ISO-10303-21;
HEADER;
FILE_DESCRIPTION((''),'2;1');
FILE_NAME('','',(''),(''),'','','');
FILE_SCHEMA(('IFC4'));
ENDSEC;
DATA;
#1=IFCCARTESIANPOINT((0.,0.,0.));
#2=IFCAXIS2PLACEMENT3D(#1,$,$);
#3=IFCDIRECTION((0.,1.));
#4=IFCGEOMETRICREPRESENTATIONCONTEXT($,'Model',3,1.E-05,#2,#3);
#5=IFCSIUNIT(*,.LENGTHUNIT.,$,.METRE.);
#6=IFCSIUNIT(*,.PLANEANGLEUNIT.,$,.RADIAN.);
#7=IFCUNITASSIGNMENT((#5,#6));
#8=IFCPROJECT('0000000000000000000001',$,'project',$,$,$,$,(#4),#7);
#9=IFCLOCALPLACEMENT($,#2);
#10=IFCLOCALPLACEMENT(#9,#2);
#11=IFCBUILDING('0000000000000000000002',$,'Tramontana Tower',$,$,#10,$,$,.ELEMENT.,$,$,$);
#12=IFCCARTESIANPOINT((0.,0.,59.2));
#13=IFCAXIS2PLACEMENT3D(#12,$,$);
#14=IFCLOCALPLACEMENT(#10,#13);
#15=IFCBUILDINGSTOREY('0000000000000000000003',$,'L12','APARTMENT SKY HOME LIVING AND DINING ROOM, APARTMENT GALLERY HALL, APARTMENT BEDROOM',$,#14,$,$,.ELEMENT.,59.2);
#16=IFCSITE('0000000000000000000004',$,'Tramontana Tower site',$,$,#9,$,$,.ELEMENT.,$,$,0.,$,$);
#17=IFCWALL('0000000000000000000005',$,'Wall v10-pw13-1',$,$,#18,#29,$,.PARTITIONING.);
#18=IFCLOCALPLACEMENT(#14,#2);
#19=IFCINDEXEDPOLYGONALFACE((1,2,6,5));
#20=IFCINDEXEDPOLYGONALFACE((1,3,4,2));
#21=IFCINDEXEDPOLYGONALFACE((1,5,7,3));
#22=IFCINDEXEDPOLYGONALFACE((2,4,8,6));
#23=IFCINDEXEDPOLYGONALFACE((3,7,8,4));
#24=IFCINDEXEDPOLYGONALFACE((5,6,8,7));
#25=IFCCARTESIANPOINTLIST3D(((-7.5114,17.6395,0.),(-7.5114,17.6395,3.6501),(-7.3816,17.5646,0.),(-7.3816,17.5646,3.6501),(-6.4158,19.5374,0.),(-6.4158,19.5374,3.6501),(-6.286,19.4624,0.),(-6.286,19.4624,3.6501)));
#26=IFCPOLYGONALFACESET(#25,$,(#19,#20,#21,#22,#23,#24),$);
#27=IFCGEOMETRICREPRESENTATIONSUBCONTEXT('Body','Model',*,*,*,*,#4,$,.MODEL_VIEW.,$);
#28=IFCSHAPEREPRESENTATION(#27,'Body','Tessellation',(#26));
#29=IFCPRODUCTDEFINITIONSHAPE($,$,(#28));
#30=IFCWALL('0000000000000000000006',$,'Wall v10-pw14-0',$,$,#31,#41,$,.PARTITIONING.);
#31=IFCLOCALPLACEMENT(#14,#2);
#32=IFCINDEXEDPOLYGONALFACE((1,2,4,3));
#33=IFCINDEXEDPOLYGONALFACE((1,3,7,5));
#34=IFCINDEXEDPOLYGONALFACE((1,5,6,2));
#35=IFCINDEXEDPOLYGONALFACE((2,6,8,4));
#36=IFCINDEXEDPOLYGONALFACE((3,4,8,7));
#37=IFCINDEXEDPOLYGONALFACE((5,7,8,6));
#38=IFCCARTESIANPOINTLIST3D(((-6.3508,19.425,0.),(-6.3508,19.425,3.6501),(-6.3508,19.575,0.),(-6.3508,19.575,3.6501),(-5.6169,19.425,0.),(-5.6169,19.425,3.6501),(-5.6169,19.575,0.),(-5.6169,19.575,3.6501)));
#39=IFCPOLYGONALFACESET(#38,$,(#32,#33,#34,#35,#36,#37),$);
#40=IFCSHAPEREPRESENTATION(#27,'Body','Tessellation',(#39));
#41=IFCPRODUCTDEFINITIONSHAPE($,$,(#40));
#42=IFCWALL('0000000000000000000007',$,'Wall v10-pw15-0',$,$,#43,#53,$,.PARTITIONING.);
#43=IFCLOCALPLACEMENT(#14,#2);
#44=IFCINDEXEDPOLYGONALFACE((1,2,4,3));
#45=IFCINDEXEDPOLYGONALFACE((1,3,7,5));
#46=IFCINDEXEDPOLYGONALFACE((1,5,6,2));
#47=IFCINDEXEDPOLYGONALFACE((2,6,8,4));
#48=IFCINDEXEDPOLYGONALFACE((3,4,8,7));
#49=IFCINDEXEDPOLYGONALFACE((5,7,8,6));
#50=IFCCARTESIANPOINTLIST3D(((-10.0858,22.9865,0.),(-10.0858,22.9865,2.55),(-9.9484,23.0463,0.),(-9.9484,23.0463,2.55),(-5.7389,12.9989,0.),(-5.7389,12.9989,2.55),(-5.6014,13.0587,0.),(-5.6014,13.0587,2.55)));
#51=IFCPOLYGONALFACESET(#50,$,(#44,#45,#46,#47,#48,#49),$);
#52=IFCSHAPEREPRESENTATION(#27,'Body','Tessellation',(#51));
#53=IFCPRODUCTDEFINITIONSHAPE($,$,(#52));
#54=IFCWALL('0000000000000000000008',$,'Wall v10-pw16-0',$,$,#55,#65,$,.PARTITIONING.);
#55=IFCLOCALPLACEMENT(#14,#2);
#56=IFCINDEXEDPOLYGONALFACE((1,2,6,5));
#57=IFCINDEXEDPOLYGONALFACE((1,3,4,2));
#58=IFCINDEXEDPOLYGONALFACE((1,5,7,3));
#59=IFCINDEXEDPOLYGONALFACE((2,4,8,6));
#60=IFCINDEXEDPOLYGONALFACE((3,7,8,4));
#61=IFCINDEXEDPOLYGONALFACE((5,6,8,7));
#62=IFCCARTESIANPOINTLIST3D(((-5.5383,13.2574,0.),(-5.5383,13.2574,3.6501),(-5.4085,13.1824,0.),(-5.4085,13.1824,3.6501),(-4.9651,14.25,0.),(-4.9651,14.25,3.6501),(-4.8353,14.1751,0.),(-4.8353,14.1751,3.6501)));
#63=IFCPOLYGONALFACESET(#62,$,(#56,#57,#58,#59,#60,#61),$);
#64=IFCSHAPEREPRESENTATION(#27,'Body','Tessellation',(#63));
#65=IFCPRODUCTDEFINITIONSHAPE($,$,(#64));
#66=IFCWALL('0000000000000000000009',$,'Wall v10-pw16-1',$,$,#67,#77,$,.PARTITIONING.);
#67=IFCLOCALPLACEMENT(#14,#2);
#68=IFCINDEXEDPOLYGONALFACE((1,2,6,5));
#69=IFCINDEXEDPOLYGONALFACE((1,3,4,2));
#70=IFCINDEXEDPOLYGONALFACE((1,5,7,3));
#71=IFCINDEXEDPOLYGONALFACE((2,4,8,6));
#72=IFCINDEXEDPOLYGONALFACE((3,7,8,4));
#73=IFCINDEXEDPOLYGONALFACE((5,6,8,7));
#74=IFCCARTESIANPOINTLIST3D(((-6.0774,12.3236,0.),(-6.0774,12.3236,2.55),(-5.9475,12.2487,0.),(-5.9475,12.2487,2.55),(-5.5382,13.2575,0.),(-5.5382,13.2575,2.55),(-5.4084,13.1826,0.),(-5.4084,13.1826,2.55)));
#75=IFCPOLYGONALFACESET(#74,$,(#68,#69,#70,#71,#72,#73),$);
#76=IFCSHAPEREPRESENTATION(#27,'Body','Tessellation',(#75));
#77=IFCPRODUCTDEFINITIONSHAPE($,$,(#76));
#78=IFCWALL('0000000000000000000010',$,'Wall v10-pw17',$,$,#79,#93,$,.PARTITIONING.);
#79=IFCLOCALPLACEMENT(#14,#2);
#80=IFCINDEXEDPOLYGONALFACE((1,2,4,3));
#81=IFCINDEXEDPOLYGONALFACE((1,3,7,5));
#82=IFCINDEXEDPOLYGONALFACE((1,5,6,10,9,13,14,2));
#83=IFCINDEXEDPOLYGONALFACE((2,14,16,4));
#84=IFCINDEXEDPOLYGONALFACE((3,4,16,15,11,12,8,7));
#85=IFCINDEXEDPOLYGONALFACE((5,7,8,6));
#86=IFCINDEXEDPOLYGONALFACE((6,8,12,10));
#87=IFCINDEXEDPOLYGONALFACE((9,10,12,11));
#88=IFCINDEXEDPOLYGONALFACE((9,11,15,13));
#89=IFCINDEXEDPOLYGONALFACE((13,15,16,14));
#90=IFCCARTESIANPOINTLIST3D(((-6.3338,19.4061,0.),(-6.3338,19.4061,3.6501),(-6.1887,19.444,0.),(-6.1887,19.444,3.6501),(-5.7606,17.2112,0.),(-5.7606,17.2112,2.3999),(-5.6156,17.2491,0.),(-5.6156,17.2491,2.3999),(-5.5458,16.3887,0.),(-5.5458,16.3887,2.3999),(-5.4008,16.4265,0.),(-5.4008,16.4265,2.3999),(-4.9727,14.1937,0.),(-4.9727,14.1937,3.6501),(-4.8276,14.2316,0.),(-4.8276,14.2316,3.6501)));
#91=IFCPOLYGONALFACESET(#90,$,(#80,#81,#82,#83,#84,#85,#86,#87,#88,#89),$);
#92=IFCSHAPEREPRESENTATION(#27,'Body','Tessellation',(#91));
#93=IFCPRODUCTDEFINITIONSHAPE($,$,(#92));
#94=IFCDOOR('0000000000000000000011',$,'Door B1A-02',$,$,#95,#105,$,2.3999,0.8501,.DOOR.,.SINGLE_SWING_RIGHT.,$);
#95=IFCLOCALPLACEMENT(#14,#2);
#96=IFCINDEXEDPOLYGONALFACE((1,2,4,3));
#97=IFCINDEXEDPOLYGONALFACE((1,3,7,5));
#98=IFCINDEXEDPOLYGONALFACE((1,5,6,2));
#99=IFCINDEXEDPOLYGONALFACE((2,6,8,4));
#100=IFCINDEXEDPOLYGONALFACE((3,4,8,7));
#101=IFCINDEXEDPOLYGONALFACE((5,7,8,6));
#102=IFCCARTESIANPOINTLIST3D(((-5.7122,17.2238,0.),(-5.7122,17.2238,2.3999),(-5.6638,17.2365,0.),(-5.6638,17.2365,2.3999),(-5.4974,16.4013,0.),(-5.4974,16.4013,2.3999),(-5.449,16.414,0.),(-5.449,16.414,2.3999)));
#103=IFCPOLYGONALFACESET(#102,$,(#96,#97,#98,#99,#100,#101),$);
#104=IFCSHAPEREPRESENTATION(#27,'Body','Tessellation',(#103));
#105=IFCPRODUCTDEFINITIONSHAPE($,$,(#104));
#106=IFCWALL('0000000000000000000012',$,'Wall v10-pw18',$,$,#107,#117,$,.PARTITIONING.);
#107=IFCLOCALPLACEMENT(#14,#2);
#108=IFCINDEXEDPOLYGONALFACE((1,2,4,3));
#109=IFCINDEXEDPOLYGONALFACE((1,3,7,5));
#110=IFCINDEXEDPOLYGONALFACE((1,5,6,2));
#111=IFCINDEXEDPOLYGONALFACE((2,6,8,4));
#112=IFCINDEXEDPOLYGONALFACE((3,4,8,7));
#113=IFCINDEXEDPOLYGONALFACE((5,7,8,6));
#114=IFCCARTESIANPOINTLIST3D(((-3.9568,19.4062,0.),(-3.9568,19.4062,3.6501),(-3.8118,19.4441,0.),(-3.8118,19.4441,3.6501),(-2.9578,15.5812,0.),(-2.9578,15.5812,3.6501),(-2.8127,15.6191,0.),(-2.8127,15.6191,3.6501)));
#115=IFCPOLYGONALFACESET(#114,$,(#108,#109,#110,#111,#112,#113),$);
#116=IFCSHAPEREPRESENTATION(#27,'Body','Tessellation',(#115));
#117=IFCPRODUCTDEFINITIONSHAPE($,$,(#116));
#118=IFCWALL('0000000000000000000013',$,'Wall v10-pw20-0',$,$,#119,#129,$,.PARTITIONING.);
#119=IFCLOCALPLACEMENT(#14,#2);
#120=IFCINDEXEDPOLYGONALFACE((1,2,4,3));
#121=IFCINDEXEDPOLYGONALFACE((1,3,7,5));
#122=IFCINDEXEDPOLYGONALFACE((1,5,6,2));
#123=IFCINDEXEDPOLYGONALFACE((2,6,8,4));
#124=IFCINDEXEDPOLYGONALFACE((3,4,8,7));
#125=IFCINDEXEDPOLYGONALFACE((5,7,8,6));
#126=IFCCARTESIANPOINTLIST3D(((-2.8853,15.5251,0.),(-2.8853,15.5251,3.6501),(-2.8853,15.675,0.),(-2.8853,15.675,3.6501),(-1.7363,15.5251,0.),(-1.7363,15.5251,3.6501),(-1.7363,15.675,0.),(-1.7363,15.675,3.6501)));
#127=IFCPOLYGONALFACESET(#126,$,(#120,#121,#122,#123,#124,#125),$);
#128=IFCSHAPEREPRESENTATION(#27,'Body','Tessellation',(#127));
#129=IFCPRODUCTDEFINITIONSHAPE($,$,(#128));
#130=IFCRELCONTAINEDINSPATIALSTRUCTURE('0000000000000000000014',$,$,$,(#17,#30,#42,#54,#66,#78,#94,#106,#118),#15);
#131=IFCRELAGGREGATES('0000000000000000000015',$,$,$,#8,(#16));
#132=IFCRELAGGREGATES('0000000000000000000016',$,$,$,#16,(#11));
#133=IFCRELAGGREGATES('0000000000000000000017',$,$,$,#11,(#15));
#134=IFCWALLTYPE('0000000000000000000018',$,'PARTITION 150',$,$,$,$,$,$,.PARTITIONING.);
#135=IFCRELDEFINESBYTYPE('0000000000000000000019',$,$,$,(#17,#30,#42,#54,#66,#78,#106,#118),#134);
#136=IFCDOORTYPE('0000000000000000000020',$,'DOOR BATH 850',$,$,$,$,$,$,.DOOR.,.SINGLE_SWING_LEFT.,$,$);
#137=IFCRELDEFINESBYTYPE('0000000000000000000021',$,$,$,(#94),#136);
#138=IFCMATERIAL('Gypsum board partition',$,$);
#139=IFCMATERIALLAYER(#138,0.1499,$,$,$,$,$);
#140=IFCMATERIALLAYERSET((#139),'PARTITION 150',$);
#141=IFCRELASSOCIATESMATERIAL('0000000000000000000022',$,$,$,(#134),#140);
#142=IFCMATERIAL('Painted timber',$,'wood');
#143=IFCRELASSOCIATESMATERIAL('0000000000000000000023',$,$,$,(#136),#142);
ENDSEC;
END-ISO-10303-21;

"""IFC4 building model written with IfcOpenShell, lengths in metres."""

from ifc_helpers import new_model, si_unit, direction, frame, frame_2d, origin, place, context, subcontext, project, spatial, rectangle, extrude, material, layer, layer_set, type_object, element, fill, save


model = new_model("IFC4")

# Units and contexts
model_context = context("Model", 3, precision=1e-05, world=origin(), true_north=direction((0.0, 1.0)))
body_context = subcontext(model_context, "Body", "Model", "MODEL_VIEW")
ifc_project = project(units=[si_unit("LENGTHUNIT", "METRE"), si_unit("PLANEANGLEUNIT", "RADIAN")], contexts=[model_context])

# Site, building, storey
site_placement = place(None, origin())
site = spatial("IfcSite", under=ifc_project, at=site_placement, Name="Tramontana Tower site", CompositionType="ELEMENT", RefElevation=0.0)
building_placement = place(site_placement, origin())
building = spatial("IfcBuilding", under=site, at=building_placement, Name="Tramontana Tower", CompositionType="ELEMENT")
storey_placement = place(building_placement, frame((0.0, 0.0, 59.2)))
storey = spatial("IfcBuildingStorey", under=building, at=storey_placement, Name="L12", Description="APARTMENT SKY HOME LIVING AND DINING ROOM, APARTMENT GALLERY HALL, APARTMENT BEDROOM", CompositionType="ELEMENT", Elevation=59.2)

# Walls
ifc_material_1 = material(Name="Gypsum board partition")
ifc_layer_1 = layer(ifc_material_1, 0.1499)
ifc_layer_set_1 = layer_set([ifc_layer_1], Name="PARTITION 150")
wall_type_1 = type_object("IfcWallType", Name="PARTITION 150", PredefinedType="PARTITIONING", material=ifc_layer_set_1)
wall_1_placement = place(storey_placement, frame((-7.4465, 17.6021, 0.0), z_axis=(0.0, 0.0, 1.0), x_axis=(0.499973, 0.866041, 0.0)))
element("IfcWall", 1, at=wall_1_placement, inside=storey, type_object=wall_type_1, Name="Wall v10-pw13-1", PredefinedType="PARTITIONING", context=body_context, shape_type="SweptSolid", body=[
    extrude(rectangle(XDim=2.1914, YDim=0.1499, at=frame_2d((1.0957, 0.0))), origin(), (0.0, 0.0, 1.0), 3.6501),
])
wall_2_placement = place(storey_placement, frame((-6.3508, 19.5, 0.0), z_axis=(0.0, 0.0, 1.0), x_axis=(1.0, 0.0, 0.0)))
element("IfcWall", 2, at=wall_2_placement, inside=storey, type_object=wall_type_1, Name="Wall v10-pw14-0", PredefinedType="PARTITIONING", context=body_context, shape_type="SweptSolid", body=[
    extrude(rectangle(XDim=0.7339, YDim=0.1499, at=frame_2d((0.3669, 0.0))), origin(), (0.0, 0.0, 1.0), 3.6501),
])
wall_3_placement = place(storey_placement, frame((-5.6702, 13.0288, 0.0), z_axis=(0.0, 0.0, 1.0), x_axis=(-0.399074, 0.916919, 0.0)))
element("IfcWall", 3, at=wall_3_placement, inside=storey, type_object=wall_type_1, Name="Wall v10-pw15-0", PredefinedType="PARTITIONING", context=body_context, shape_type="SweptSolid", body=[
    extrude(rectangle(XDim=10.8926, YDim=0.1499, at=frame_2d((5.4463, 0.0))), origin(), (0.0, 0.0, 1.0), 2.55),
])
wall_4_placement = place(storey_placement, frame((-4.9001, 14.2126, 0.0), z_axis=(0.0, 0.0, 1.0), x_axis=(-0.500079, -0.86598, 0.0)))
element("IfcWall", 4, at=wall_4_placement, inside=storey, type_object=wall_type_1, Name="Wall v10-pw16-0", PredefinedType="PARTITIONING", context=body_context, shape_type="SweptSolid", body=[
    extrude(rectangle(XDim=1.1462, YDim=0.1499, at=frame_2d((0.5732, 0.0))), origin(), (0.0, 0.0, 1.0), 3.6501),
])
wall_5_placement = place(storey_placement, frame((-5.4734, 13.22, 0.0), z_axis=(0.0, 0.0, 1.0), x_axis=(-0.499938, -0.866061, 0.0)))
element("IfcWall", 5, at=wall_5_placement, inside=storey, type_object=wall_type_1, Name="Wall v10-pw16-1", PredefinedType="PARTITIONING", context=body_context, shape_type="SweptSolid", body=[
    extrude(rectangle(XDim=1.0784, YDim=0.1499, at=frame_2d((0.5391, 0.0))), origin(), (0.0, 0.0, 1.0), 2.55),
])

# Wall, opening, door
wall_6_placement = place(storey_placement, frame((-4.9001, 14.2126, 0.0), z_axis=(0.0, 0.0, 1.0), x_axis=(-0.252652, 0.967557, 0.0)))
wall_6 = element("IfcWall", 6, at=wall_6_placement, inside=storey, type_object=wall_type_1, Name="Wall v10-pw17", PredefinedType="PARTITIONING", context=body_context, shape_type="SweptSolid", body=[
    extrude(rectangle(XDim=5.3872, YDim=0.1499, at=frame_2d((2.6936, 0.0))), origin(), (0.0, 0.0, 1.0), 3.6501),
])
opening_1_placement = place(wall_6_placement, frame((2.2686, 0.0, 0.0)))
opening_1 = element("IfcOpeningElement", 7, at=opening_1_placement, cuts=wall_6, PredefinedType="OPENING", context=body_context, shape_type="SweptSolid", body=[
    extrude(rectangle(XDim=0.8501, YDim=2.3999, at=frame_2d((0.425, 1.2))), frame((0.0, 0.085, 0.0), z_axis=(0.0, -1.0, 0.0), x_axis=(1.0, 0.0, 0.0)), (0.0, 0.0, 1.0), 0.1699),
])
ifc_material_2 = material(Name="Painted timber", Category="wood")
door_type_1 = type_object("IfcDoorType", Name="DOOR BATH 850", OperationType="SINGLE_SWING_LEFT", PredefinedType="DOOR", material=ifc_material_2)
door_1_placement = place(opening_1_placement, origin())
door_1 = element("IfcDoor", 8, at=door_1_placement, inside=storey, type_object=door_type_1, Name="Door B1A-02", OperationType="SINGLE_SWING_RIGHT", OverallHeight=2.3999, OverallWidth=0.8501, PredefinedType="DOOR", context=body_context, shape_type="SweptSolid", body=[
    extrude(rectangle(XDim=0.8501, YDim=2.3999, at=frame_2d((0.425, 1.2))), frame((0.0, 0.0249, 0.0), z_axis=(0.0, -1.0, 0.0), x_axis=(1.0, 0.0, 0.0)), (0.0, 0.0, 1.0), 0.05),
])
fill(opening_1, door_1)

# Walls
wall_7_placement = place(storey_placement, frame((-3.8843, 19.425, 0.0), z_axis=(0.0, 0.0, 1.0), x_axis=(0.252708, -0.967542, 0.0)))
element("IfcWall", 9, at=wall_7_placement, inside=storey, type_object=wall_type_1, Name="Wall v10-pw18", PredefinedType="PARTITIONING", context=body_context, shape_type="SweptSolid", body=[
    extrude(rectangle(XDim=3.9534, YDim=0.1499, at=frame_2d((1.9766, 0.0))), origin(), (0.0, 0.0, 1.0), 3.6501),
])
wall_8_placement = place(storey_placement, frame((-2.8853, 15.6001, 0.0), z_axis=(0.0, 0.0, 1.0), x_axis=(1.0, 0.0, 0.0)))
element("IfcWall", 10, at=wall_8_placement, inside=storey, type_object=wall_type_1, Name="Wall v10-pw20-0", PredefinedType="PARTITIONING", context=body_context, shape_type="SweptSolid", body=[
    extrude(rectangle(XDim=1.1489, YDim=0.1499, at=frame_2d((0.5745, 0.0))), origin(), (0.0, 0.0, 1.0), 3.6501),
])

save(model, "model.ifc")
